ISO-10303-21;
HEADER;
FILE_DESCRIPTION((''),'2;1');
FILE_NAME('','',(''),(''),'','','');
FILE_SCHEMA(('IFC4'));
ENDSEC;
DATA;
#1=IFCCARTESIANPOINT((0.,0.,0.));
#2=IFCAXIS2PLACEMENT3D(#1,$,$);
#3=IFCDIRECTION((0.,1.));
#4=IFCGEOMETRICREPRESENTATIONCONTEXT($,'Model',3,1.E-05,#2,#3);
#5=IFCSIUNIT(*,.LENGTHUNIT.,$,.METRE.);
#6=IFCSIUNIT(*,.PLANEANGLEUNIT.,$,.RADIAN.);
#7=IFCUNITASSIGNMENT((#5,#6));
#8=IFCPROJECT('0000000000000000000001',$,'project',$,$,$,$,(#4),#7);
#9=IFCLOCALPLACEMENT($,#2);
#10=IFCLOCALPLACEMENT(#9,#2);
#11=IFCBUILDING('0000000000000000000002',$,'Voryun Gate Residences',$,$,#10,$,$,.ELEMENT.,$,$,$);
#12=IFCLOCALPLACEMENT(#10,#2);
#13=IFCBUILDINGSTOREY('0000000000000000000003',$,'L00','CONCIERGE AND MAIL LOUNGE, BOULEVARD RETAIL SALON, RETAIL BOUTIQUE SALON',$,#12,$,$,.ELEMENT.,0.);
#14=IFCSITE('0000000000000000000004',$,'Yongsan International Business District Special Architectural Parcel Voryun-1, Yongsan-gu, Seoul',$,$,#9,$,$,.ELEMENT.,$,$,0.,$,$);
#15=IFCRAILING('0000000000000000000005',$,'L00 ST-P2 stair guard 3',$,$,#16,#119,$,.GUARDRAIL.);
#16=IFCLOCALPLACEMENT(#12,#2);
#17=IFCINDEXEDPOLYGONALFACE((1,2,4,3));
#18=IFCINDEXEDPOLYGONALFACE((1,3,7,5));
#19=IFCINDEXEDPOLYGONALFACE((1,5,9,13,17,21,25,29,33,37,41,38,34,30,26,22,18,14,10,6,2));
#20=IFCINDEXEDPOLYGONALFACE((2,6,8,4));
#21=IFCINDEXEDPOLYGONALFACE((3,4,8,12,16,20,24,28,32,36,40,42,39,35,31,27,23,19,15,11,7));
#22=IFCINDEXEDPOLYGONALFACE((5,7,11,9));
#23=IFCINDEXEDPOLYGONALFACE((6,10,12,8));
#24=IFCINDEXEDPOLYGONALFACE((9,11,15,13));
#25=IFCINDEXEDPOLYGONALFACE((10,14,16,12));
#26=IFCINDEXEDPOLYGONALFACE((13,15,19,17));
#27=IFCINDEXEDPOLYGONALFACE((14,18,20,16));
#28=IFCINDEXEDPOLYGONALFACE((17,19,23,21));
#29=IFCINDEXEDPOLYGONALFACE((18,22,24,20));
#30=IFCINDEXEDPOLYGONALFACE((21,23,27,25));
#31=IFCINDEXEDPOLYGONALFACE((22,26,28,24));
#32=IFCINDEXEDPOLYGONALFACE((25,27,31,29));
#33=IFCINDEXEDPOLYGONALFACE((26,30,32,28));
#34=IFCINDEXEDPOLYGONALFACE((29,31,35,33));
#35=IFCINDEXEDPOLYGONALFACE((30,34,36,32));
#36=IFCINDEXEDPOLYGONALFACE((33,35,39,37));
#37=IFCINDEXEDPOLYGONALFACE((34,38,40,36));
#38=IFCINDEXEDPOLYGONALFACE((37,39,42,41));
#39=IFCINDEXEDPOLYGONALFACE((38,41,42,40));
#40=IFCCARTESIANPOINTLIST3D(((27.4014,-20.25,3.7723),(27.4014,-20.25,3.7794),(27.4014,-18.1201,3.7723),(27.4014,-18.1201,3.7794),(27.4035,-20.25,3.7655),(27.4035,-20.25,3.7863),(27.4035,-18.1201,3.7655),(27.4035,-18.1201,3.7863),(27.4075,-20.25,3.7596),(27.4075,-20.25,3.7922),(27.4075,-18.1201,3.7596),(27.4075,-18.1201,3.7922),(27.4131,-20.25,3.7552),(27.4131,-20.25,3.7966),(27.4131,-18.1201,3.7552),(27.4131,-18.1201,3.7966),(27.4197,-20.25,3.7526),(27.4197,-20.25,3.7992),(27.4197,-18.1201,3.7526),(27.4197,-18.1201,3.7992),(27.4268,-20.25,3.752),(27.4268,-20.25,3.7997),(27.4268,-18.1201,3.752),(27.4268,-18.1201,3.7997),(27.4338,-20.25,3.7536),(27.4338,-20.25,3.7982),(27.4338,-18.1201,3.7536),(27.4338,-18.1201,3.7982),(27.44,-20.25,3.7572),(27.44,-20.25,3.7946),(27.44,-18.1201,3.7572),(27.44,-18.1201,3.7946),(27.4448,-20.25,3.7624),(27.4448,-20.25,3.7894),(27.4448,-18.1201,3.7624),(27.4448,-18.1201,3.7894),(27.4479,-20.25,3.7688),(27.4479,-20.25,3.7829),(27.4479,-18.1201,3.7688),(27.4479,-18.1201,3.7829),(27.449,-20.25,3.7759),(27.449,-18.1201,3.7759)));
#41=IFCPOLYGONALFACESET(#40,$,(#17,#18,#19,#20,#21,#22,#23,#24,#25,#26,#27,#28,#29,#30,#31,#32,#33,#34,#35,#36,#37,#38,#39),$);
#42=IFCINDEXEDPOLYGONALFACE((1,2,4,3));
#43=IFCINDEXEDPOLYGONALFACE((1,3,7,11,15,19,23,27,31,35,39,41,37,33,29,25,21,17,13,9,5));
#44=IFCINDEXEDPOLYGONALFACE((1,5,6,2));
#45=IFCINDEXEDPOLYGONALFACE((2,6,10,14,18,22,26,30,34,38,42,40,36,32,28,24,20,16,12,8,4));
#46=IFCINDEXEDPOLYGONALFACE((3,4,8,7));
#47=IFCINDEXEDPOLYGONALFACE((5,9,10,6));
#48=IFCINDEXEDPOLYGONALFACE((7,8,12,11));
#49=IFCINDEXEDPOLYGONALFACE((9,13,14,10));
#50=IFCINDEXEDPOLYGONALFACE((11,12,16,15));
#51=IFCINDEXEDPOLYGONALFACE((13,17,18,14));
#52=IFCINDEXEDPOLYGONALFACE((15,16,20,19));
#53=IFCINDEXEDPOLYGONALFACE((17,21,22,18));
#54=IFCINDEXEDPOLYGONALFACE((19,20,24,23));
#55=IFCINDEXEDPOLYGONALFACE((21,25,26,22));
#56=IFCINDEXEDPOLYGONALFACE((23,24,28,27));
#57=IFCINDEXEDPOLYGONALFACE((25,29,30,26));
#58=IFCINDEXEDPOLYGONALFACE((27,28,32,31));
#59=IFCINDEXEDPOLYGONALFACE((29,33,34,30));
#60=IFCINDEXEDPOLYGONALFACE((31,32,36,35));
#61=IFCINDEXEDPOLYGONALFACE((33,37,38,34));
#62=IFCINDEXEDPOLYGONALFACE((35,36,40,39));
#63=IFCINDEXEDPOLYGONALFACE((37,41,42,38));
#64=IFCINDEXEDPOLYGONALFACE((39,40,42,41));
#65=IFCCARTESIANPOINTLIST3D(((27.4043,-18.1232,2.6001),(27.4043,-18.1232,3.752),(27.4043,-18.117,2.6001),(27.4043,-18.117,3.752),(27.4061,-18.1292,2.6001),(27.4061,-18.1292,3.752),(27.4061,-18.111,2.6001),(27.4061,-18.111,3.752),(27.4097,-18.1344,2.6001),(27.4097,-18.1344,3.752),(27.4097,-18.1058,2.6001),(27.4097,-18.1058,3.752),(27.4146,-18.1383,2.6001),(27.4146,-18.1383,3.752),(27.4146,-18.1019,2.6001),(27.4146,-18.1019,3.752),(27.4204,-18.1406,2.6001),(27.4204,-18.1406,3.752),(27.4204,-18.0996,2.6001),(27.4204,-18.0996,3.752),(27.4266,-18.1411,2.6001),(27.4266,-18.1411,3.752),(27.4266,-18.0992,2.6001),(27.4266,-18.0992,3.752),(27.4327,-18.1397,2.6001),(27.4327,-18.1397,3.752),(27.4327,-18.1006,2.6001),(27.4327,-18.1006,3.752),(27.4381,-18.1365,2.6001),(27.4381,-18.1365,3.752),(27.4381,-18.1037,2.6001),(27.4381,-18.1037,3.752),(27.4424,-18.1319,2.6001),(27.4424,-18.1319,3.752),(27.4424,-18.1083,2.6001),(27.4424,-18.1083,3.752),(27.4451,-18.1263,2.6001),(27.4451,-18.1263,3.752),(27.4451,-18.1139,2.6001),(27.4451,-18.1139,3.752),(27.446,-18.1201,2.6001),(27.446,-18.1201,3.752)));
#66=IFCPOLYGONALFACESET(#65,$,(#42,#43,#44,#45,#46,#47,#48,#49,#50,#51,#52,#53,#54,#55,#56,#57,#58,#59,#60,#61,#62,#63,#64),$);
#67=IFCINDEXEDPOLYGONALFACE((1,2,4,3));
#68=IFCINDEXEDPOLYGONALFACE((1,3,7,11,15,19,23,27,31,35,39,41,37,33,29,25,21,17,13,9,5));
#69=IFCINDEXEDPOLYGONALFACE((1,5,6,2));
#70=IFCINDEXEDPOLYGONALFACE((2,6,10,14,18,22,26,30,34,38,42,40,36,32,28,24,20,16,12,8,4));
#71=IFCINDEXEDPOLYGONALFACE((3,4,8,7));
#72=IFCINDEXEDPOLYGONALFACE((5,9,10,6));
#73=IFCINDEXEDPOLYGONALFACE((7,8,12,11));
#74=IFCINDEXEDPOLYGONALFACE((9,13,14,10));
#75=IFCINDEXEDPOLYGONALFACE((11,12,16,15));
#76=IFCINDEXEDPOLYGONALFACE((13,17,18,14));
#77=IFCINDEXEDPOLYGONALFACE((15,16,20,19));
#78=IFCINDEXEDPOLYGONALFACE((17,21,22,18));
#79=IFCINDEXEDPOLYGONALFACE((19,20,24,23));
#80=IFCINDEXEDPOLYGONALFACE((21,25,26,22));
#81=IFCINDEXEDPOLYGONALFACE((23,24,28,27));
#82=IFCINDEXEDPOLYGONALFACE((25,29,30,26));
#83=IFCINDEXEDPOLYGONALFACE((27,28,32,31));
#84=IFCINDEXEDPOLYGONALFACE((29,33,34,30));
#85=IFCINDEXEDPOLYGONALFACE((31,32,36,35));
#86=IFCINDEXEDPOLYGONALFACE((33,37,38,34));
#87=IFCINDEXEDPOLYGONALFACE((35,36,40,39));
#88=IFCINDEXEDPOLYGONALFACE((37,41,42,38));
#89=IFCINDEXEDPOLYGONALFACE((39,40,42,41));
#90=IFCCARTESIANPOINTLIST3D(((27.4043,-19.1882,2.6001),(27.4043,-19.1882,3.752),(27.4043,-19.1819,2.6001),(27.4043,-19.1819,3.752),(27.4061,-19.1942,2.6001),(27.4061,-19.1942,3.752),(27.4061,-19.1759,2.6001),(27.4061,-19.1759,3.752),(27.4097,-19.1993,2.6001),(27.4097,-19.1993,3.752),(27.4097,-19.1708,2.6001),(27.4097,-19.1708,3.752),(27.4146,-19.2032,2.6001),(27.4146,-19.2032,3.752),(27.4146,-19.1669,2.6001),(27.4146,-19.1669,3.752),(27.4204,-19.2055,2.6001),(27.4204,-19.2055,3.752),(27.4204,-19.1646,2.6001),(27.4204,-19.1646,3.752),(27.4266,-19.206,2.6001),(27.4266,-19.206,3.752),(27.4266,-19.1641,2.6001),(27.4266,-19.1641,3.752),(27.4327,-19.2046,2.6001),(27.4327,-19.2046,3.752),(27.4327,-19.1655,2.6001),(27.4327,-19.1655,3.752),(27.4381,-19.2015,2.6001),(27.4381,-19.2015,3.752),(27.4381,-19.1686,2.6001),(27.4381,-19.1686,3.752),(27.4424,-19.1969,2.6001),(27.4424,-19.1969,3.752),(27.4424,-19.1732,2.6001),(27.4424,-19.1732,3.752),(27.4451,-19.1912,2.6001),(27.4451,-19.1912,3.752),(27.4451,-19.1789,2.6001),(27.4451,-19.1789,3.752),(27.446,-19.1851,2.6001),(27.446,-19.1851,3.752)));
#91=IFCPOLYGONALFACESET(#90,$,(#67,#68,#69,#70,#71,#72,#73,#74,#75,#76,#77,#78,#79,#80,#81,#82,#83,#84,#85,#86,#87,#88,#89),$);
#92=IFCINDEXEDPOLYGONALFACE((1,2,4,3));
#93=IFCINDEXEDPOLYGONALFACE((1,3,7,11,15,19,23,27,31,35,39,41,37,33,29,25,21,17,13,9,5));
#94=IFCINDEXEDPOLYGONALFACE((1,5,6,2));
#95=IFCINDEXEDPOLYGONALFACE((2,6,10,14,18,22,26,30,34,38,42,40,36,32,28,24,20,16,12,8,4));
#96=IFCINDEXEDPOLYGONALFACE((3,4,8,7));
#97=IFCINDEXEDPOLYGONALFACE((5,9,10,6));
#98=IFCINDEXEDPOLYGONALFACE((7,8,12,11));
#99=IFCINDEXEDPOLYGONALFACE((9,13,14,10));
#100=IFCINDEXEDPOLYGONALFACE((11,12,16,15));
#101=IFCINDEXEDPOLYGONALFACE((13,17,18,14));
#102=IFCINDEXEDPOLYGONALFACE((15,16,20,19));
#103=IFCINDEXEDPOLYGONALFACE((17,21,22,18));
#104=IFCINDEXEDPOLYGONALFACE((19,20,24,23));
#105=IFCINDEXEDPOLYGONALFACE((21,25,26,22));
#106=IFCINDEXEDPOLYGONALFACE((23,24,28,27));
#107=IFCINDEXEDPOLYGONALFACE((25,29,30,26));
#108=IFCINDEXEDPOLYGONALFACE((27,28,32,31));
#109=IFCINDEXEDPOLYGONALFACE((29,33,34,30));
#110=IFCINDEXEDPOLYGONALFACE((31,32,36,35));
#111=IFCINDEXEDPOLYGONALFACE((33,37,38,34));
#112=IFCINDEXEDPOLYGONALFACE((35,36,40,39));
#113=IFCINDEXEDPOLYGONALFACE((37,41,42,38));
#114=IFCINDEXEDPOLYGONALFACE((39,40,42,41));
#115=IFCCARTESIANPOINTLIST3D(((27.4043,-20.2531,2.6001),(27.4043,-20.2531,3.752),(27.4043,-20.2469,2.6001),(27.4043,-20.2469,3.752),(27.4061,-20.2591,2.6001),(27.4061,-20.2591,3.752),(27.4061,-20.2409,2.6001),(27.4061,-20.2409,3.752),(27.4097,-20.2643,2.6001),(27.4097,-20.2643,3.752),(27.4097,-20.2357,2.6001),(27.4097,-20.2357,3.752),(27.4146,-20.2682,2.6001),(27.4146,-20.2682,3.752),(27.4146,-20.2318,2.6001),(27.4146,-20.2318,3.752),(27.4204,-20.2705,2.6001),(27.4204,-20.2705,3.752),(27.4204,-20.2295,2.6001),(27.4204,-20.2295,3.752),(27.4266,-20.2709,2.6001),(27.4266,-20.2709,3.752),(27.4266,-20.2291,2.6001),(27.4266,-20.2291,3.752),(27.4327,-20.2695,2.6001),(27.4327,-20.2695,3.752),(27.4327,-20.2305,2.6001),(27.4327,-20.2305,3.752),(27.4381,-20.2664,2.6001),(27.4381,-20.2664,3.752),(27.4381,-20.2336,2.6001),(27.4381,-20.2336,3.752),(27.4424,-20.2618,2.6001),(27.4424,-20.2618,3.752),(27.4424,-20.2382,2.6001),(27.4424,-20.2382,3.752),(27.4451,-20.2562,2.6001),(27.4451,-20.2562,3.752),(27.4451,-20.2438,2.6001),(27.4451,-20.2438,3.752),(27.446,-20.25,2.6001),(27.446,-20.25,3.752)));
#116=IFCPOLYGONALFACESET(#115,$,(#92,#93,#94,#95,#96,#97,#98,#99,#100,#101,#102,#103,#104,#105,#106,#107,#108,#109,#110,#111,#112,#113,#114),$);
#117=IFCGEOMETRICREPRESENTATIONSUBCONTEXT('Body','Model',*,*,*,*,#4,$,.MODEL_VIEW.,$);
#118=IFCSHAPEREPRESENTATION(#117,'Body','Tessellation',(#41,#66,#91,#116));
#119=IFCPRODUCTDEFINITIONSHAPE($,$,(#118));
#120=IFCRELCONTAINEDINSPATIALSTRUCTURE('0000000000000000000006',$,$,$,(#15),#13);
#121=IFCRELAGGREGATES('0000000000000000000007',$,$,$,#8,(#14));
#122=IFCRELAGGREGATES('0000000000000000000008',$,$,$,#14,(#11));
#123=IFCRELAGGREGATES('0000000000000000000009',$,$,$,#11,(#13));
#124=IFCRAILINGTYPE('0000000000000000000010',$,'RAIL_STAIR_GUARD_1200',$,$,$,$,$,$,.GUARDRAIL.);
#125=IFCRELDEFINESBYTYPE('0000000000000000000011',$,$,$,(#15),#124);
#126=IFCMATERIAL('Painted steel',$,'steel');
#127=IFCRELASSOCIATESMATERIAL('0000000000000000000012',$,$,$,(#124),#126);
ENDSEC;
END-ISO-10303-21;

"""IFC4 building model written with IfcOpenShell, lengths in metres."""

from ifc_helpers import new_model, si_unit, direction, frame, origin, origin_2d, place, context, subcontext, project, spatial, circle, extrude, material, type_object, element, save


model = new_model("IFC4")

# Units and contexts
model_context = context("Model", 3, precision=1e-05, world=origin(), true_north=direction((0.0, 1.0)))
body_context = subcontext(model_context, "Body", "Model", "MODEL_VIEW")
ifc_project = project(units=[si_unit("LENGTHUNIT", "METRE"), si_unit("PLANEANGLEUNIT", "RADIAN")], contexts=[model_context])

# Site, building, storey
site_placement = place(None, origin())
site = spatial("IfcSite", under=ifc_project, at=site_placement, Name="Yongsan International Business District Special Architectural Parcel Voryun-1, Yongsan-gu, Seoul", CompositionType="ELEMENT", RefElevation=0.0)
building_placement = place(site_placement, origin())
building = spatial("IfcBuilding", under=site, at=building_placement, Name="Voryun Gate Residences", CompositionType="ELEMENT")
storey_placement = place(building_placement, origin())
storey = spatial("IfcBuildingStorey", under=building, at=storey_placement, Name="L00", Description="CONCIERGE AND MAIL LOUNGE, BOULEVARD RETAIL SALON, RETAIL BOUTIQUE SALON", CompositionType="ELEMENT", Elevation=0.0)

# Railing
ifc_material_1 = material(Name="Painted steel", Category="steel")
railing_type_1 = type_object("IfcRailingType", Name="RAIL_STAIR_GUARD_1200", PredefinedType="GUARDRAIL", material=ifc_material_1)
railing_1_placement = place(storey_placement, frame((27.425, -18.1201, 2.6001)))
element("IfcRailing", 1, at=railing_1_placement, inside=storey, type_object=railing_type_1, Name="L00 ST-P2 stair guard 3", PredefinedType="GUARDRAIL", context=body_context, shape_type="SweptSolid", body=[
    extrude(circle(Radius=0.0239, at=origin_2d()), frame((0.0, 0.0, 1.1758), z_axis=(0.0, -1.0, 0.0), x_axis=(1.0, 0.0, 0.0)), (0.0, 0.0, 1.0), 2.1299),
    extrude(circle(Radius=0.021, at=origin_2d()), origin(), (0.0, 0.0, 1.0), 1.1519),
    extrude(circle(Radius=0.021, at=origin_2d()), frame((0.0, -1.0649, 0.0)), (0.0, 0.0, 1.0), 1.1519),
    extrude(circle(Radius=0.021, at=origin_2d()), frame((0.0, -2.1299, 0.0)), (0.0, 0.0, 1.0), 1.1519),
])

save(model, "model.ifc")
